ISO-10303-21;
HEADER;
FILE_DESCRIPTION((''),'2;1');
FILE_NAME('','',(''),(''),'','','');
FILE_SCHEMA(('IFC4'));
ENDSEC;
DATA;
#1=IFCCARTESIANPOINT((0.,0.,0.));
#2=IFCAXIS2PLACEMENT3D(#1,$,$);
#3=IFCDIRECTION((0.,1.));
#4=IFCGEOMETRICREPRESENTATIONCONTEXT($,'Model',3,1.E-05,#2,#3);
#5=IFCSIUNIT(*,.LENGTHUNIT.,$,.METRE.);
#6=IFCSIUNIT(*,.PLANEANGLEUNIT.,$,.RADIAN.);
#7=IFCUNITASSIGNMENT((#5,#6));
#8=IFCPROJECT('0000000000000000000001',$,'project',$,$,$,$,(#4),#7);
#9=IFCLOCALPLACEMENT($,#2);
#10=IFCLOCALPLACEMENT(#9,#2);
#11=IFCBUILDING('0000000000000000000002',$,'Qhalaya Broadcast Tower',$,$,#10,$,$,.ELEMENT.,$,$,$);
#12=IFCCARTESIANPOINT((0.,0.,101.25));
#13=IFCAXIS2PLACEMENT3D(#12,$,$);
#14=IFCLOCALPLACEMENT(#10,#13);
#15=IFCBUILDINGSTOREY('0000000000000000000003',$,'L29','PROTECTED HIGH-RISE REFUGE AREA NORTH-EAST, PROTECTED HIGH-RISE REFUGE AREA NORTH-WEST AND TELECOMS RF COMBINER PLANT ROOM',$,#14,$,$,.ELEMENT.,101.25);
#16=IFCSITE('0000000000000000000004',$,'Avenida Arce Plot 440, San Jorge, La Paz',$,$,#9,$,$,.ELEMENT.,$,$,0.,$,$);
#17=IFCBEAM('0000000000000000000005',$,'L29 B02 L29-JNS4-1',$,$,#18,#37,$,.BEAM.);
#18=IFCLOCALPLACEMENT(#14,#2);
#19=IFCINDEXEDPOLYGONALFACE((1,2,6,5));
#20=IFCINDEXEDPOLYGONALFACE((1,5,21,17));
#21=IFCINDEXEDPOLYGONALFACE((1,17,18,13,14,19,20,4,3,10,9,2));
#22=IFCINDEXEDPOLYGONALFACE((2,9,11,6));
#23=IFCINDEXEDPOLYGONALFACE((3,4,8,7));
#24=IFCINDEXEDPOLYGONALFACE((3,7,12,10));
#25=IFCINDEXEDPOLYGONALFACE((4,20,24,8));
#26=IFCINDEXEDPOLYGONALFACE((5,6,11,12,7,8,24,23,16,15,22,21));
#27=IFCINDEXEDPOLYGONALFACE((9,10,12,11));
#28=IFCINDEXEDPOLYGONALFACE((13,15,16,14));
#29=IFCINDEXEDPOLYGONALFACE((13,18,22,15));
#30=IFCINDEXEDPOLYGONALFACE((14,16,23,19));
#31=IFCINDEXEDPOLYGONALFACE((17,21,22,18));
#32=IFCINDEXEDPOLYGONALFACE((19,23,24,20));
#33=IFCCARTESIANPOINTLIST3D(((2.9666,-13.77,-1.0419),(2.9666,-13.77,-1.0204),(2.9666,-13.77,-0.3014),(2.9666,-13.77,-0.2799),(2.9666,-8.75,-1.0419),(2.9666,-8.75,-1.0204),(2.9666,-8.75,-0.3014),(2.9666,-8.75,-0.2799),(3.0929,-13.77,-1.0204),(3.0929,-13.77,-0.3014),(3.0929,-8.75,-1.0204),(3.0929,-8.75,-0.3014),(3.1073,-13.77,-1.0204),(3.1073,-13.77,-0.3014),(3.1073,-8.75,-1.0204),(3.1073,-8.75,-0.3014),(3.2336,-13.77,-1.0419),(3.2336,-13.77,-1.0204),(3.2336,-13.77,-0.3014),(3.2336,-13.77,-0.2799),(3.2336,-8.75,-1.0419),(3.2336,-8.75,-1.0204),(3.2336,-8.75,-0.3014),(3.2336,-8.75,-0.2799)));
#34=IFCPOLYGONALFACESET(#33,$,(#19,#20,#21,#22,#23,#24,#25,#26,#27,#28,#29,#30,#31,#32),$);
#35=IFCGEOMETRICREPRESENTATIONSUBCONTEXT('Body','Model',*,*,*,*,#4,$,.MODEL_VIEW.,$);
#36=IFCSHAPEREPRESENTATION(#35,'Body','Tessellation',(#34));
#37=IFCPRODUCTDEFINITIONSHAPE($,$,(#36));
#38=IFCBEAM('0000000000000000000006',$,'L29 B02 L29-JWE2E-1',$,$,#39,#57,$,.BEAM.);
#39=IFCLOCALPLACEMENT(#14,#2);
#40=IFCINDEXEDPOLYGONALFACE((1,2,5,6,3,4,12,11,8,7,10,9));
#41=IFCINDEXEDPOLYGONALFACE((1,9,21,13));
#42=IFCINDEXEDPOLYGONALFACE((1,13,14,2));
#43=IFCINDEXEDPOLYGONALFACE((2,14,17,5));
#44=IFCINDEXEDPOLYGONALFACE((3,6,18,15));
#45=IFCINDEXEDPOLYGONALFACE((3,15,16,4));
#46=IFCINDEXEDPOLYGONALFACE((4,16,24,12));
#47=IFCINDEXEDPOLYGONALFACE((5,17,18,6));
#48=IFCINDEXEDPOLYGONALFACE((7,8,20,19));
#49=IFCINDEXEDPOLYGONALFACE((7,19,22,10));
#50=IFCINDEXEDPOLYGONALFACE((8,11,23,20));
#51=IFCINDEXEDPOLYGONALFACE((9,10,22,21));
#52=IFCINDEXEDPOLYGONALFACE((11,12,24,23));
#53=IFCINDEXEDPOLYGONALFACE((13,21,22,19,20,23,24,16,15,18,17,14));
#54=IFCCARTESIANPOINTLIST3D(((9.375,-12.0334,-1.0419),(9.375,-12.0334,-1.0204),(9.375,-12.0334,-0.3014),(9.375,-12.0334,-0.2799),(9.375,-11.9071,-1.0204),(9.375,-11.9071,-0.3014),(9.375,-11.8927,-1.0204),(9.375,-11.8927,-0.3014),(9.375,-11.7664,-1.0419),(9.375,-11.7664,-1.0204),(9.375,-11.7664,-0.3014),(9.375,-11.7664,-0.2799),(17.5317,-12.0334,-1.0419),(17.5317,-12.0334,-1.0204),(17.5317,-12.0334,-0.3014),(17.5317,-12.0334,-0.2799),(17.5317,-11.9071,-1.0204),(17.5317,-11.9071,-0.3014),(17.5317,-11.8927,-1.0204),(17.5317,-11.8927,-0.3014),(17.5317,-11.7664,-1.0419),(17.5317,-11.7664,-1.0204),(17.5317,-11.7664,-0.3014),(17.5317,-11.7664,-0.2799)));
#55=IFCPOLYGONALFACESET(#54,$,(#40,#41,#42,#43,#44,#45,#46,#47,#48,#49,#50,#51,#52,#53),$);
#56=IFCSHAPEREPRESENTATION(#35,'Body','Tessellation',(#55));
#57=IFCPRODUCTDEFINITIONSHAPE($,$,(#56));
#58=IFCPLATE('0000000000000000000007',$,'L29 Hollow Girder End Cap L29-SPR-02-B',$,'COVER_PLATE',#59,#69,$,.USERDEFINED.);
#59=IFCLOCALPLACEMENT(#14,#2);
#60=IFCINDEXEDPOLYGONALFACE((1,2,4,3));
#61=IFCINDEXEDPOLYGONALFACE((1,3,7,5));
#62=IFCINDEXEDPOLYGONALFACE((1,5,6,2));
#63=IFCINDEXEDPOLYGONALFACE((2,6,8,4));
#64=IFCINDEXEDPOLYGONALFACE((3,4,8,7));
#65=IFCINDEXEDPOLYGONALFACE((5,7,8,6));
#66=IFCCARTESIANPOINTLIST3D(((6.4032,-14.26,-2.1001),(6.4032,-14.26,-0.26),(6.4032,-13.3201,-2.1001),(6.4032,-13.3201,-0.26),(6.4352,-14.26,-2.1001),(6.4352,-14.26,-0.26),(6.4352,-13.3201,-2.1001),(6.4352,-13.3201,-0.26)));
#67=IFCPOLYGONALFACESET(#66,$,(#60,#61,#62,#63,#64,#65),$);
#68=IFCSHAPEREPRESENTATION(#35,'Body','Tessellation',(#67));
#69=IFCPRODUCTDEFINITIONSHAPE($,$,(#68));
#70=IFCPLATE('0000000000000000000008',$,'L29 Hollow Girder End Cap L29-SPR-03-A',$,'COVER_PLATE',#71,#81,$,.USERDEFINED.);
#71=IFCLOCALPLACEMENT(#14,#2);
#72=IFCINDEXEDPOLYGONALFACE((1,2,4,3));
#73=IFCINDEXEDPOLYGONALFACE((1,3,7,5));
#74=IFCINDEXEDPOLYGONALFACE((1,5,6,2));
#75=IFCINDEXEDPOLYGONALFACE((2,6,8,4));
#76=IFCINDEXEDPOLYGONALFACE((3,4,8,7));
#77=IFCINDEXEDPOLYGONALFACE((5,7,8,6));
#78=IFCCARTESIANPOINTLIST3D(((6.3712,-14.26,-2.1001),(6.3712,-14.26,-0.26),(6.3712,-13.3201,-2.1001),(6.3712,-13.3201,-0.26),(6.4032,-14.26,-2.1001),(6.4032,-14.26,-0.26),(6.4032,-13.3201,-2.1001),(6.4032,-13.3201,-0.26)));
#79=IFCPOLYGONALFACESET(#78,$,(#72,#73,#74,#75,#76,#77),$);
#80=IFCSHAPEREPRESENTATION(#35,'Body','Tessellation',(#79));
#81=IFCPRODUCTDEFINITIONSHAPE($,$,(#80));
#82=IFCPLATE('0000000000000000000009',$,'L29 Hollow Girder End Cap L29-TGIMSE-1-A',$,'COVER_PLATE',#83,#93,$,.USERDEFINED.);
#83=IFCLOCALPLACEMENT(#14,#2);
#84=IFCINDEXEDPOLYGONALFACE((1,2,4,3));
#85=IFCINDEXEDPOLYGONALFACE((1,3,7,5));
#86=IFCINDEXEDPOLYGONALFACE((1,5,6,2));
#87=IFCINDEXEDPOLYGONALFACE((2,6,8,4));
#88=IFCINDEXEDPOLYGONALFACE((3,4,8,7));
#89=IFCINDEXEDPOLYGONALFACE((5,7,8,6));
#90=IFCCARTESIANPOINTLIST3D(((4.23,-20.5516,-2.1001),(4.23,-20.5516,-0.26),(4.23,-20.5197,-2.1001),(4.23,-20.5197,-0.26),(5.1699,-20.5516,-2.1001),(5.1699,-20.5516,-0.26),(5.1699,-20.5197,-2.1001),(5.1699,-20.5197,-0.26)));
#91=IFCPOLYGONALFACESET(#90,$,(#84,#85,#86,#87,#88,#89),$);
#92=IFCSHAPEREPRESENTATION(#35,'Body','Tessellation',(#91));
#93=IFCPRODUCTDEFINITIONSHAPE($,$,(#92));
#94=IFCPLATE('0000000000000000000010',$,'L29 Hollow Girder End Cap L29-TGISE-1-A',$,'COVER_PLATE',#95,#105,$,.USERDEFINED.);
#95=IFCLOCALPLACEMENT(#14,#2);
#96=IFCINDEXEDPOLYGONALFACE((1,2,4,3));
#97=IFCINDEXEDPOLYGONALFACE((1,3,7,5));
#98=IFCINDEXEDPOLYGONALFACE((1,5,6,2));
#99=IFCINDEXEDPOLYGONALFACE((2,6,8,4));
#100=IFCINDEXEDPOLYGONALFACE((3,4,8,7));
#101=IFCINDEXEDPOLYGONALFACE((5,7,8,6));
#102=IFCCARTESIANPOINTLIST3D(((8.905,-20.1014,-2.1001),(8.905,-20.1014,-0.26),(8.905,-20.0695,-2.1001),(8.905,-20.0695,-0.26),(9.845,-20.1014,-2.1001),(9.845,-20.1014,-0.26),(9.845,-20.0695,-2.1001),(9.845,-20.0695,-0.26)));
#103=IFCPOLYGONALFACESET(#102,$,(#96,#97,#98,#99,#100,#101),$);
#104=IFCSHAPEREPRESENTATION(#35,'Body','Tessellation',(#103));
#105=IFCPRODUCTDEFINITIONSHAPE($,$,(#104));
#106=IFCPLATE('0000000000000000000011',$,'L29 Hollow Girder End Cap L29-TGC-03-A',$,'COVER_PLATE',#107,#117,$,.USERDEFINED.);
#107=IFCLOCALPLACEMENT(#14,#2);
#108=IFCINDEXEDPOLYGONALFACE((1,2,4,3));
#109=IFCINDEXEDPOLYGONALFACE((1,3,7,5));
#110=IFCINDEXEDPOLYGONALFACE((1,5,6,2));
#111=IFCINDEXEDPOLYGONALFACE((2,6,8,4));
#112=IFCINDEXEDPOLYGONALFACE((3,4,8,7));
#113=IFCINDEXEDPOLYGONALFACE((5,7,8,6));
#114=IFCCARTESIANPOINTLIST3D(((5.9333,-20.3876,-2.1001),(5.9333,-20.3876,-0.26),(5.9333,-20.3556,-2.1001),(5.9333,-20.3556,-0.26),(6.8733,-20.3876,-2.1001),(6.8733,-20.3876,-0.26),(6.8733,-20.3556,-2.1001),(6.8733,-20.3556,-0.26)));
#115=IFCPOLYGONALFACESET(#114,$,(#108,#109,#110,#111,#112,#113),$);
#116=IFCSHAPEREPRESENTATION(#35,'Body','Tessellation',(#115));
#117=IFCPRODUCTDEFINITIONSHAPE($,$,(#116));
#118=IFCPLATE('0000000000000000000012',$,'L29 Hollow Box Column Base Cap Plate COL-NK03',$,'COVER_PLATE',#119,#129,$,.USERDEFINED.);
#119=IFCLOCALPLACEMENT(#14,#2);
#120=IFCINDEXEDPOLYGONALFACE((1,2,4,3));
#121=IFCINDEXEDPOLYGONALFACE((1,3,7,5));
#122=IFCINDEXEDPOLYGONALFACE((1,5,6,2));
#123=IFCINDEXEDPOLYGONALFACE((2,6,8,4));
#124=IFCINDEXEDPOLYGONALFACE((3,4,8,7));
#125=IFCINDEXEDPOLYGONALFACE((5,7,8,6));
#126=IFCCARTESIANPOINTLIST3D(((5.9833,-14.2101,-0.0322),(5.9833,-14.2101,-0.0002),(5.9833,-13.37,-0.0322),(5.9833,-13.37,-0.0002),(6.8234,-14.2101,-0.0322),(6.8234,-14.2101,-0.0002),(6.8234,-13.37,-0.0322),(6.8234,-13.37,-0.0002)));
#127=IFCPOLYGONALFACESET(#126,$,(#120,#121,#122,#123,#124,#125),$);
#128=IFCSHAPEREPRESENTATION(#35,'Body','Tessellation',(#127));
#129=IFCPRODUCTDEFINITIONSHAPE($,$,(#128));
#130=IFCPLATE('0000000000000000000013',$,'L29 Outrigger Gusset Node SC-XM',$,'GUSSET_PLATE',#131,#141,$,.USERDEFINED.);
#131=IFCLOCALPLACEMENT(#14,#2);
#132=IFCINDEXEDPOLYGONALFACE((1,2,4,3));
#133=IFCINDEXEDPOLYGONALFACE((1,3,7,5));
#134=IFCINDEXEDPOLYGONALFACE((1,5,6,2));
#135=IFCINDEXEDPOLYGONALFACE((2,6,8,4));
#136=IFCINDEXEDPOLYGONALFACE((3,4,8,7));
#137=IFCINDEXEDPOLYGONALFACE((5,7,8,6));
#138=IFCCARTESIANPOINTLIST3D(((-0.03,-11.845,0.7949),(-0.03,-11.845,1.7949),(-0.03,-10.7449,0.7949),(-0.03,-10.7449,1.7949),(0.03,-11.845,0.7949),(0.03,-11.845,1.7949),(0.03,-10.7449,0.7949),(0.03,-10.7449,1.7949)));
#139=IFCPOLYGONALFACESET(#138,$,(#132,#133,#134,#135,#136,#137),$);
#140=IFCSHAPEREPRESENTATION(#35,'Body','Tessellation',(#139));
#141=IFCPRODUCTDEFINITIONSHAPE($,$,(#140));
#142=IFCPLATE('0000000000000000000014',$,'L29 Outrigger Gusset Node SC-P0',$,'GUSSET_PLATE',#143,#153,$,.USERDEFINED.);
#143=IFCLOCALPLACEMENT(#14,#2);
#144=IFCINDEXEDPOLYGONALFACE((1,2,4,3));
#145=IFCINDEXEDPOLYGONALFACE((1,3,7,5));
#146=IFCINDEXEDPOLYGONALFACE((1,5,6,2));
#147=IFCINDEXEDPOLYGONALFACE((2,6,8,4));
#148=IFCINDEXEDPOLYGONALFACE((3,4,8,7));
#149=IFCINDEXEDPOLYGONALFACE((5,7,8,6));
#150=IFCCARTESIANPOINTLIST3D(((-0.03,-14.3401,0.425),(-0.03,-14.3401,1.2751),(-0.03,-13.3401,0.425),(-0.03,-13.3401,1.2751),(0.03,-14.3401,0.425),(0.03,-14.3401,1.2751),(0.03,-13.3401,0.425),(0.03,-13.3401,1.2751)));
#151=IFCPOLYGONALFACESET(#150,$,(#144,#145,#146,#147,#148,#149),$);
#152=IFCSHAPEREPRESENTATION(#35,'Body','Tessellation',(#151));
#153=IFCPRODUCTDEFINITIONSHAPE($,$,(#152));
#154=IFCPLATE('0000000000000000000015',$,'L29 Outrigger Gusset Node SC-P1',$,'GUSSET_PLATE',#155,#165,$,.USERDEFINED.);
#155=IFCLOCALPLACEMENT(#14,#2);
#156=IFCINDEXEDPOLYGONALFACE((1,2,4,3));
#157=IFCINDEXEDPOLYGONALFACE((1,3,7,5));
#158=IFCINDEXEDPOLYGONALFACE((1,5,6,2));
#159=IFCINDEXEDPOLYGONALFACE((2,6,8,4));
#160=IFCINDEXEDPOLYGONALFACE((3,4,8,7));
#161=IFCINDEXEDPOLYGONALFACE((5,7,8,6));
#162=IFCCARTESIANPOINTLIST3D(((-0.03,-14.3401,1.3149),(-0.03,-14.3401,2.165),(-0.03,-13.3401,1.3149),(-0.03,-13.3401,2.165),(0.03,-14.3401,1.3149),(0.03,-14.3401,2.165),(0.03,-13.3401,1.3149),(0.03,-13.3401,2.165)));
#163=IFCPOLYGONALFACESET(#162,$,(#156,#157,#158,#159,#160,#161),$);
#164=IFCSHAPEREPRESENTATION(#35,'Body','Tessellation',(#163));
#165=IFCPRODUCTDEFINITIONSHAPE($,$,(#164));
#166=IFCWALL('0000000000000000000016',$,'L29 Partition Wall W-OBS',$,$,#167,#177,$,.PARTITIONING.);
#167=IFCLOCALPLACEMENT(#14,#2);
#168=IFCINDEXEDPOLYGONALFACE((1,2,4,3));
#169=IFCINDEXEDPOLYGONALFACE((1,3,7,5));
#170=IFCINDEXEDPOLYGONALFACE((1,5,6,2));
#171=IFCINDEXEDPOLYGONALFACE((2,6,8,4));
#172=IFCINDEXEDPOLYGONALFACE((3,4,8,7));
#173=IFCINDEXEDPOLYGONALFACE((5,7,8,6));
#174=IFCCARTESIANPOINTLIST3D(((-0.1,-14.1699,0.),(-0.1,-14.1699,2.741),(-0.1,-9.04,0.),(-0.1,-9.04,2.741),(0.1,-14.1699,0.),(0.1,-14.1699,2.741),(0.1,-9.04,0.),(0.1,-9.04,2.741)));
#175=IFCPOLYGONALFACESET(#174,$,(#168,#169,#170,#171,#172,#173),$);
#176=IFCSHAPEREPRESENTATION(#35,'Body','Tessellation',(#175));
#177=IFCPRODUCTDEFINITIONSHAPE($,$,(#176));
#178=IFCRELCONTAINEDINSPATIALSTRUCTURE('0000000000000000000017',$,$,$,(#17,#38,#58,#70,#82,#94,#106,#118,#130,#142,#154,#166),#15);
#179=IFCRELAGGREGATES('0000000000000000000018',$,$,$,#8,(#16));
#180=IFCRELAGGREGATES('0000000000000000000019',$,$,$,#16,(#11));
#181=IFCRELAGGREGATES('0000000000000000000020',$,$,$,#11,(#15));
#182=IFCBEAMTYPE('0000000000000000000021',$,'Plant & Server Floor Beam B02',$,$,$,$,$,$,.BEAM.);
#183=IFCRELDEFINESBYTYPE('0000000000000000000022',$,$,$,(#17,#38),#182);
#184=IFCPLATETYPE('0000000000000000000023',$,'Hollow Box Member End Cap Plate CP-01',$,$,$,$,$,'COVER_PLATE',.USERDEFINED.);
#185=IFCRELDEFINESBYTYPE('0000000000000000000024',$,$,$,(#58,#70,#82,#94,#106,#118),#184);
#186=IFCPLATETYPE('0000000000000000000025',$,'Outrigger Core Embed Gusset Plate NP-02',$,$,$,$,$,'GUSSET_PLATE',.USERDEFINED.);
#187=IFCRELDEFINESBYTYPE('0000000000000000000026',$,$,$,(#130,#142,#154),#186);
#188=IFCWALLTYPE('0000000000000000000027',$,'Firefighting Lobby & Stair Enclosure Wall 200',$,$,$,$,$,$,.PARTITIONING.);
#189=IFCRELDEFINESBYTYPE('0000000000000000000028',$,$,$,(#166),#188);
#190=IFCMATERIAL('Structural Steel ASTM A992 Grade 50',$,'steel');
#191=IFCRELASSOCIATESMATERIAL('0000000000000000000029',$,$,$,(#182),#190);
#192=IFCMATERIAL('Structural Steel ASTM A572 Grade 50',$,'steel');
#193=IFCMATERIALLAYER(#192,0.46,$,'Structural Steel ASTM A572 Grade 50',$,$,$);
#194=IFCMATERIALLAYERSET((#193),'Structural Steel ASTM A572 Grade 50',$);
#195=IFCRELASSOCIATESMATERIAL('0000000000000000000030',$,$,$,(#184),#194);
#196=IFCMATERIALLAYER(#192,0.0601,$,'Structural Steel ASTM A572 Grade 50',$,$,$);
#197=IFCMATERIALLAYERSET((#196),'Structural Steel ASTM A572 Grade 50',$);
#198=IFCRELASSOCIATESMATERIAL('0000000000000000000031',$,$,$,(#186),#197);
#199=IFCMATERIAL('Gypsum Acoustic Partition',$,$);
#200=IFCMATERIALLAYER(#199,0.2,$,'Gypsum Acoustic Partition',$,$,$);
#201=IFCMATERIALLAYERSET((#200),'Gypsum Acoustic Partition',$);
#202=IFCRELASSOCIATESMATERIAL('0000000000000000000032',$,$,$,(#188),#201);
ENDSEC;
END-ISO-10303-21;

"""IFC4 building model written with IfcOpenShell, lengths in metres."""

from ifc_helpers import new_model, si_unit, direction, frame, frame_2d, origin, origin_2d, place, context, subcontext, project, spatial, rectangle, i_section, extrude, material, layer, layer_set, material_profile, profile_set, type_object, element, save


model = new_model("IFC4")

# Units and contexts
model_context = context("Model", 3, precision=1e-05, world=origin(), true_north=direction((0.0, 1.0)))
body_context = subcontext(model_context, "Body", "Model", "MODEL_VIEW")
ifc_project = project(units=[si_unit("LENGTHUNIT", "METRE"), si_unit("PLANEANGLEUNIT", "RADIAN")], contexts=[model_context])

# Site, building, storey
site_placement = place(None, origin())
site = spatial("IfcSite", under=ifc_project, at=site_placement, Name="Avenida Arce Plot 440, San Jorge, La Paz", CompositionType="ELEMENT", RefElevation=0.0)
building_placement = place(site_placement, origin())
building = spatial("IfcBuilding", under=site, at=building_placement, Name="Qhalaya Broadcast Tower", CompositionType="ELEMENT")
storey_placement = place(building_placement, frame((0.0, 0.0, 101.25)))
storey = spatial("IfcBuildingStorey", under=building, at=storey_placement, Name="L29", Description="PROTECTED HIGH-RISE REFUGE AREA NORTH-EAST, PROTECTED HIGH-RISE REFUGE AREA NORTH-WEST AND TELECOMS RF COMBINER PLANT ROOM", CompositionType="ELEMENT", Elevation=101.25)

# Shared definitions
ifc_material_1 = material(Name="Structural Steel ASTM A572 Grade 50", Category="steel")

# Beams
ifc_material_2 = material(Name="Structural Steel ASTM A992 Grade 50", Category="steel")
ifc_material_profile_1 = material_profile(ifc_material_2, i_section(OverallWidth=0.2671, OverallDepth=0.762, WebThickness=0.0144, FlangeThickness=0.0215, at=origin_2d()), Name="W30X116")
ifc_profile_set_1 = profile_set([ifc_material_profile_1], Name="Structural Steel ASTM A992 Grade 50")
beam_type_1 = type_object("IfcBeamType", Name="Plant & Server Floor Beam B02", PredefinedType="BEAM", material=ifc_profile_set_1)
beam_1_placement = place(storey_placement, frame((3.1001, -13.77, -0.6609), z_axis=(0.0, 1.0, 0.0), x_axis=(-1.0, 0.0, 0.0)))
element("IfcBeam", 1, at=beam_1_placement, inside=storey, type_object=beam_type_1, Name="L29 B02 L29-JNS4-1", PredefinedType="BEAM", context=body_context, shape_type="SweptSolid", body=[
    extrude(i_section(OverallWidth=0.2671, OverallDepth=0.762, WebThickness=0.0144, FlangeThickness=0.0215, at=origin_2d()), origin(), (0.0, 0.0, 1.0), 5.02),
])
beam_2_placement = place(storey_placement, frame((9.375, -11.8999, -0.6609), z_axis=(1.0, 0.0, 0.0), x_axis=(0.0, 1.0, 0.0)))
element("IfcBeam", 2, at=beam_2_placement, inside=storey, type_object=beam_type_1, Name="L29 B02 L29-JWE2E-1", PredefinedType="BEAM", context=body_context, shape_type="SweptSolid", body=[
    extrude(i_section(OverallWidth=0.2671, OverallDepth=0.762, WebThickness=0.0144, FlangeThickness=0.0215, at=origin_2d()), origin(), (0.0, 0.0, 1.0), 8.1567),
])

# Plates
ifc_layer_1 = layer(ifc_material_1, 0.46, Name="Structural Steel ASTM A572 Grade 50")
ifc_layer_set_1 = layer_set([ifc_layer_1], Name="Structural Steel ASTM A572 Grade 50")
plate_type_1 = type_object("IfcPlateType", Name="Hollow Box Member End Cap Plate CP-01", ElementType="COVER_PLATE", PredefinedType="USERDEFINED", material=ifc_layer_set_1)
for number, where, z_axis, x_axis, name in (
    (3, (6.4192, -13.79, -2.1001), (0.0, 0.0, 1.0), (0.0, 1.0, 0.0), "L29 Hollow Girder End Cap L29-SPR-02-B"),
    (4, (6.3872, -13.79, -2.1001), (0.0, 0.0, 1.0), (0.0, 1.0, 0.0), "L29 Hollow Girder End Cap L29-SPR-03-A"),
    (5, (4.7, -20.5356, -2.1001), (0.0, 0.0, 1.0), (-1.0, 0.0, 0.0), "L29 Hollow Girder End Cap L29-TGIMSE-1-A"),
    (6, (9.375, -20.0854, -2.1001), (0.0, 0.0, 1.0), (-1.0, 0.0, 0.0), "L29 Hollow Girder End Cap L29-TGISE-1-A"),
    (7, (6.4033, -20.3716, -2.1001), (0.0, 0.0, 1.0), (-1.0, 0.0, 0.0), "L29 Hollow Girder End Cap L29-TGC-03-A"),
):
    element("IfcPlate", number, at=place(storey_placement, frame(where, z_axis=z_axis, x_axis=x_axis)), inside=storey, type_object=plate_type_1, Name=name, ObjectType="COVER_PLATE", PredefinedType="USERDEFINED", context=body_context, shape_type="SweptSolid", body=[
        extrude(rectangle(XDim=0.9399, YDim=0.032, at=origin_2d()), origin(), (0.0, 0.0, 1.0), 1.8401),
    ])
plate_1_placement = place(storey_placement, frame((6.4033, -13.79, -0.0322), z_axis=(0.0, 0.0, 1.0), x_axis=(1.0, 0.0, 0.0)))
element("IfcPlate", 8, at=plate_1_placement, inside=storey, type_object=plate_type_1, Name="L29 Hollow Box Column Base Cap Plate COL-NK03", ObjectType="COVER_PLATE", PredefinedType="USERDEFINED", context=body_context, shape_type="SweptSolid", body=[
    extrude(rectangle(XDim=0.8401, YDim=0.8401, at=origin_2d()), origin(), (0.0, 0.0, 1.0), 0.032),
])
ifc_layer_2 = layer(ifc_material_1, 0.0601, Name="Structural Steel ASTM A572 Grade 50")
ifc_layer_set_2 = layer_set([ifc_layer_2], Name="Structural Steel ASTM A572 Grade 50")
plate_type_2 = type_object("IfcPlateType", Name="Outrigger Core Embed Gusset Plate NP-02", ElementType="GUSSET_PLATE", PredefinedType="USERDEFINED", material=ifc_layer_set_2)
plate_2_placement = place(storey_placement, frame((0.0, -11.2949, 0.7949), z_axis=(0.0, 0.0, 1.0), x_axis=(0.0, -1.0, 0.0)))
element("IfcPlate", 9, at=plate_2_placement, inside=storey, type_object=plate_type_2, Name="L29 Outrigger Gusset Node SC-XM", ObjectType="GUSSET_PLATE", PredefinedType="USERDEFINED", context=body_context, shape_type="SweptSolid", body=[
    extrude(rectangle(XDim=1.1001, YDim=0.0601, at=origin_2d()), origin(), (0.0, 0.0, 1.0), 1.0),
])
for number, where, z_axis, x_axis, name in (
    (10, (0.0, -13.8401, 0.425), (0.0, 0.0, 1.0), (0.0, -1.0, 0.0), "L29 Outrigger Gusset Node SC-P0"),
    (11, (0.0, -13.8401, 1.3149), (0.0, 0.0, 1.0), (0.0, -1.0, 0.0), "L29 Outrigger Gusset Node SC-P1"),
):
    element("IfcPlate", number, at=place(storey_placement, frame(where, z_axis=z_axis, x_axis=x_axis)), inside=storey, type_object=plate_type_2, Name=name, ObjectType="GUSSET_PLATE", PredefinedType="USERDEFINED", context=body_context, shape_type="SweptSolid", body=[
        extrude(rectangle(XDim=1.0, YDim=0.0601, at=origin_2d()), origin(), (0.0, 0.0, 1.0), 0.8501),
    ])

# Wall
ifc_material_3 = material(Name="Gypsum Acoustic Partition")
ifc_layer_3 = layer(ifc_material_3, 0.2, Name="Gypsum Acoustic Partition")
ifc_layer_set_3 = layer_set([ifc_layer_3], Name="Gypsum Acoustic Partition")
wall_type_1 = type_object("IfcWallType", Name="Firefighting Lobby & Stair Enclosure Wall 200", PredefinedType="PARTITIONING", material=ifc_layer_set_3)
wall_1_placement = place(storey_placement, frame((0.0, -14.1699, 0.0), z_axis=(0.0, 0.0, 1.0), x_axis=(0.0, 1.0, 0.0)))
element("IfcWall", 12, at=wall_1_placement, inside=storey, type_object=wall_type_1, Name="L29 Partition Wall W-OBS", PredefinedType="PARTITIONING", context=body_context, shape_type="SweptSolid", body=[
    extrude(rectangle(XDim=5.1299, YDim=0.2, at=frame_2d((2.5649, 0.0))), origin(), (0.0, 0.0, 1.0), 2.741),
])

save(model, "model.ifc")
